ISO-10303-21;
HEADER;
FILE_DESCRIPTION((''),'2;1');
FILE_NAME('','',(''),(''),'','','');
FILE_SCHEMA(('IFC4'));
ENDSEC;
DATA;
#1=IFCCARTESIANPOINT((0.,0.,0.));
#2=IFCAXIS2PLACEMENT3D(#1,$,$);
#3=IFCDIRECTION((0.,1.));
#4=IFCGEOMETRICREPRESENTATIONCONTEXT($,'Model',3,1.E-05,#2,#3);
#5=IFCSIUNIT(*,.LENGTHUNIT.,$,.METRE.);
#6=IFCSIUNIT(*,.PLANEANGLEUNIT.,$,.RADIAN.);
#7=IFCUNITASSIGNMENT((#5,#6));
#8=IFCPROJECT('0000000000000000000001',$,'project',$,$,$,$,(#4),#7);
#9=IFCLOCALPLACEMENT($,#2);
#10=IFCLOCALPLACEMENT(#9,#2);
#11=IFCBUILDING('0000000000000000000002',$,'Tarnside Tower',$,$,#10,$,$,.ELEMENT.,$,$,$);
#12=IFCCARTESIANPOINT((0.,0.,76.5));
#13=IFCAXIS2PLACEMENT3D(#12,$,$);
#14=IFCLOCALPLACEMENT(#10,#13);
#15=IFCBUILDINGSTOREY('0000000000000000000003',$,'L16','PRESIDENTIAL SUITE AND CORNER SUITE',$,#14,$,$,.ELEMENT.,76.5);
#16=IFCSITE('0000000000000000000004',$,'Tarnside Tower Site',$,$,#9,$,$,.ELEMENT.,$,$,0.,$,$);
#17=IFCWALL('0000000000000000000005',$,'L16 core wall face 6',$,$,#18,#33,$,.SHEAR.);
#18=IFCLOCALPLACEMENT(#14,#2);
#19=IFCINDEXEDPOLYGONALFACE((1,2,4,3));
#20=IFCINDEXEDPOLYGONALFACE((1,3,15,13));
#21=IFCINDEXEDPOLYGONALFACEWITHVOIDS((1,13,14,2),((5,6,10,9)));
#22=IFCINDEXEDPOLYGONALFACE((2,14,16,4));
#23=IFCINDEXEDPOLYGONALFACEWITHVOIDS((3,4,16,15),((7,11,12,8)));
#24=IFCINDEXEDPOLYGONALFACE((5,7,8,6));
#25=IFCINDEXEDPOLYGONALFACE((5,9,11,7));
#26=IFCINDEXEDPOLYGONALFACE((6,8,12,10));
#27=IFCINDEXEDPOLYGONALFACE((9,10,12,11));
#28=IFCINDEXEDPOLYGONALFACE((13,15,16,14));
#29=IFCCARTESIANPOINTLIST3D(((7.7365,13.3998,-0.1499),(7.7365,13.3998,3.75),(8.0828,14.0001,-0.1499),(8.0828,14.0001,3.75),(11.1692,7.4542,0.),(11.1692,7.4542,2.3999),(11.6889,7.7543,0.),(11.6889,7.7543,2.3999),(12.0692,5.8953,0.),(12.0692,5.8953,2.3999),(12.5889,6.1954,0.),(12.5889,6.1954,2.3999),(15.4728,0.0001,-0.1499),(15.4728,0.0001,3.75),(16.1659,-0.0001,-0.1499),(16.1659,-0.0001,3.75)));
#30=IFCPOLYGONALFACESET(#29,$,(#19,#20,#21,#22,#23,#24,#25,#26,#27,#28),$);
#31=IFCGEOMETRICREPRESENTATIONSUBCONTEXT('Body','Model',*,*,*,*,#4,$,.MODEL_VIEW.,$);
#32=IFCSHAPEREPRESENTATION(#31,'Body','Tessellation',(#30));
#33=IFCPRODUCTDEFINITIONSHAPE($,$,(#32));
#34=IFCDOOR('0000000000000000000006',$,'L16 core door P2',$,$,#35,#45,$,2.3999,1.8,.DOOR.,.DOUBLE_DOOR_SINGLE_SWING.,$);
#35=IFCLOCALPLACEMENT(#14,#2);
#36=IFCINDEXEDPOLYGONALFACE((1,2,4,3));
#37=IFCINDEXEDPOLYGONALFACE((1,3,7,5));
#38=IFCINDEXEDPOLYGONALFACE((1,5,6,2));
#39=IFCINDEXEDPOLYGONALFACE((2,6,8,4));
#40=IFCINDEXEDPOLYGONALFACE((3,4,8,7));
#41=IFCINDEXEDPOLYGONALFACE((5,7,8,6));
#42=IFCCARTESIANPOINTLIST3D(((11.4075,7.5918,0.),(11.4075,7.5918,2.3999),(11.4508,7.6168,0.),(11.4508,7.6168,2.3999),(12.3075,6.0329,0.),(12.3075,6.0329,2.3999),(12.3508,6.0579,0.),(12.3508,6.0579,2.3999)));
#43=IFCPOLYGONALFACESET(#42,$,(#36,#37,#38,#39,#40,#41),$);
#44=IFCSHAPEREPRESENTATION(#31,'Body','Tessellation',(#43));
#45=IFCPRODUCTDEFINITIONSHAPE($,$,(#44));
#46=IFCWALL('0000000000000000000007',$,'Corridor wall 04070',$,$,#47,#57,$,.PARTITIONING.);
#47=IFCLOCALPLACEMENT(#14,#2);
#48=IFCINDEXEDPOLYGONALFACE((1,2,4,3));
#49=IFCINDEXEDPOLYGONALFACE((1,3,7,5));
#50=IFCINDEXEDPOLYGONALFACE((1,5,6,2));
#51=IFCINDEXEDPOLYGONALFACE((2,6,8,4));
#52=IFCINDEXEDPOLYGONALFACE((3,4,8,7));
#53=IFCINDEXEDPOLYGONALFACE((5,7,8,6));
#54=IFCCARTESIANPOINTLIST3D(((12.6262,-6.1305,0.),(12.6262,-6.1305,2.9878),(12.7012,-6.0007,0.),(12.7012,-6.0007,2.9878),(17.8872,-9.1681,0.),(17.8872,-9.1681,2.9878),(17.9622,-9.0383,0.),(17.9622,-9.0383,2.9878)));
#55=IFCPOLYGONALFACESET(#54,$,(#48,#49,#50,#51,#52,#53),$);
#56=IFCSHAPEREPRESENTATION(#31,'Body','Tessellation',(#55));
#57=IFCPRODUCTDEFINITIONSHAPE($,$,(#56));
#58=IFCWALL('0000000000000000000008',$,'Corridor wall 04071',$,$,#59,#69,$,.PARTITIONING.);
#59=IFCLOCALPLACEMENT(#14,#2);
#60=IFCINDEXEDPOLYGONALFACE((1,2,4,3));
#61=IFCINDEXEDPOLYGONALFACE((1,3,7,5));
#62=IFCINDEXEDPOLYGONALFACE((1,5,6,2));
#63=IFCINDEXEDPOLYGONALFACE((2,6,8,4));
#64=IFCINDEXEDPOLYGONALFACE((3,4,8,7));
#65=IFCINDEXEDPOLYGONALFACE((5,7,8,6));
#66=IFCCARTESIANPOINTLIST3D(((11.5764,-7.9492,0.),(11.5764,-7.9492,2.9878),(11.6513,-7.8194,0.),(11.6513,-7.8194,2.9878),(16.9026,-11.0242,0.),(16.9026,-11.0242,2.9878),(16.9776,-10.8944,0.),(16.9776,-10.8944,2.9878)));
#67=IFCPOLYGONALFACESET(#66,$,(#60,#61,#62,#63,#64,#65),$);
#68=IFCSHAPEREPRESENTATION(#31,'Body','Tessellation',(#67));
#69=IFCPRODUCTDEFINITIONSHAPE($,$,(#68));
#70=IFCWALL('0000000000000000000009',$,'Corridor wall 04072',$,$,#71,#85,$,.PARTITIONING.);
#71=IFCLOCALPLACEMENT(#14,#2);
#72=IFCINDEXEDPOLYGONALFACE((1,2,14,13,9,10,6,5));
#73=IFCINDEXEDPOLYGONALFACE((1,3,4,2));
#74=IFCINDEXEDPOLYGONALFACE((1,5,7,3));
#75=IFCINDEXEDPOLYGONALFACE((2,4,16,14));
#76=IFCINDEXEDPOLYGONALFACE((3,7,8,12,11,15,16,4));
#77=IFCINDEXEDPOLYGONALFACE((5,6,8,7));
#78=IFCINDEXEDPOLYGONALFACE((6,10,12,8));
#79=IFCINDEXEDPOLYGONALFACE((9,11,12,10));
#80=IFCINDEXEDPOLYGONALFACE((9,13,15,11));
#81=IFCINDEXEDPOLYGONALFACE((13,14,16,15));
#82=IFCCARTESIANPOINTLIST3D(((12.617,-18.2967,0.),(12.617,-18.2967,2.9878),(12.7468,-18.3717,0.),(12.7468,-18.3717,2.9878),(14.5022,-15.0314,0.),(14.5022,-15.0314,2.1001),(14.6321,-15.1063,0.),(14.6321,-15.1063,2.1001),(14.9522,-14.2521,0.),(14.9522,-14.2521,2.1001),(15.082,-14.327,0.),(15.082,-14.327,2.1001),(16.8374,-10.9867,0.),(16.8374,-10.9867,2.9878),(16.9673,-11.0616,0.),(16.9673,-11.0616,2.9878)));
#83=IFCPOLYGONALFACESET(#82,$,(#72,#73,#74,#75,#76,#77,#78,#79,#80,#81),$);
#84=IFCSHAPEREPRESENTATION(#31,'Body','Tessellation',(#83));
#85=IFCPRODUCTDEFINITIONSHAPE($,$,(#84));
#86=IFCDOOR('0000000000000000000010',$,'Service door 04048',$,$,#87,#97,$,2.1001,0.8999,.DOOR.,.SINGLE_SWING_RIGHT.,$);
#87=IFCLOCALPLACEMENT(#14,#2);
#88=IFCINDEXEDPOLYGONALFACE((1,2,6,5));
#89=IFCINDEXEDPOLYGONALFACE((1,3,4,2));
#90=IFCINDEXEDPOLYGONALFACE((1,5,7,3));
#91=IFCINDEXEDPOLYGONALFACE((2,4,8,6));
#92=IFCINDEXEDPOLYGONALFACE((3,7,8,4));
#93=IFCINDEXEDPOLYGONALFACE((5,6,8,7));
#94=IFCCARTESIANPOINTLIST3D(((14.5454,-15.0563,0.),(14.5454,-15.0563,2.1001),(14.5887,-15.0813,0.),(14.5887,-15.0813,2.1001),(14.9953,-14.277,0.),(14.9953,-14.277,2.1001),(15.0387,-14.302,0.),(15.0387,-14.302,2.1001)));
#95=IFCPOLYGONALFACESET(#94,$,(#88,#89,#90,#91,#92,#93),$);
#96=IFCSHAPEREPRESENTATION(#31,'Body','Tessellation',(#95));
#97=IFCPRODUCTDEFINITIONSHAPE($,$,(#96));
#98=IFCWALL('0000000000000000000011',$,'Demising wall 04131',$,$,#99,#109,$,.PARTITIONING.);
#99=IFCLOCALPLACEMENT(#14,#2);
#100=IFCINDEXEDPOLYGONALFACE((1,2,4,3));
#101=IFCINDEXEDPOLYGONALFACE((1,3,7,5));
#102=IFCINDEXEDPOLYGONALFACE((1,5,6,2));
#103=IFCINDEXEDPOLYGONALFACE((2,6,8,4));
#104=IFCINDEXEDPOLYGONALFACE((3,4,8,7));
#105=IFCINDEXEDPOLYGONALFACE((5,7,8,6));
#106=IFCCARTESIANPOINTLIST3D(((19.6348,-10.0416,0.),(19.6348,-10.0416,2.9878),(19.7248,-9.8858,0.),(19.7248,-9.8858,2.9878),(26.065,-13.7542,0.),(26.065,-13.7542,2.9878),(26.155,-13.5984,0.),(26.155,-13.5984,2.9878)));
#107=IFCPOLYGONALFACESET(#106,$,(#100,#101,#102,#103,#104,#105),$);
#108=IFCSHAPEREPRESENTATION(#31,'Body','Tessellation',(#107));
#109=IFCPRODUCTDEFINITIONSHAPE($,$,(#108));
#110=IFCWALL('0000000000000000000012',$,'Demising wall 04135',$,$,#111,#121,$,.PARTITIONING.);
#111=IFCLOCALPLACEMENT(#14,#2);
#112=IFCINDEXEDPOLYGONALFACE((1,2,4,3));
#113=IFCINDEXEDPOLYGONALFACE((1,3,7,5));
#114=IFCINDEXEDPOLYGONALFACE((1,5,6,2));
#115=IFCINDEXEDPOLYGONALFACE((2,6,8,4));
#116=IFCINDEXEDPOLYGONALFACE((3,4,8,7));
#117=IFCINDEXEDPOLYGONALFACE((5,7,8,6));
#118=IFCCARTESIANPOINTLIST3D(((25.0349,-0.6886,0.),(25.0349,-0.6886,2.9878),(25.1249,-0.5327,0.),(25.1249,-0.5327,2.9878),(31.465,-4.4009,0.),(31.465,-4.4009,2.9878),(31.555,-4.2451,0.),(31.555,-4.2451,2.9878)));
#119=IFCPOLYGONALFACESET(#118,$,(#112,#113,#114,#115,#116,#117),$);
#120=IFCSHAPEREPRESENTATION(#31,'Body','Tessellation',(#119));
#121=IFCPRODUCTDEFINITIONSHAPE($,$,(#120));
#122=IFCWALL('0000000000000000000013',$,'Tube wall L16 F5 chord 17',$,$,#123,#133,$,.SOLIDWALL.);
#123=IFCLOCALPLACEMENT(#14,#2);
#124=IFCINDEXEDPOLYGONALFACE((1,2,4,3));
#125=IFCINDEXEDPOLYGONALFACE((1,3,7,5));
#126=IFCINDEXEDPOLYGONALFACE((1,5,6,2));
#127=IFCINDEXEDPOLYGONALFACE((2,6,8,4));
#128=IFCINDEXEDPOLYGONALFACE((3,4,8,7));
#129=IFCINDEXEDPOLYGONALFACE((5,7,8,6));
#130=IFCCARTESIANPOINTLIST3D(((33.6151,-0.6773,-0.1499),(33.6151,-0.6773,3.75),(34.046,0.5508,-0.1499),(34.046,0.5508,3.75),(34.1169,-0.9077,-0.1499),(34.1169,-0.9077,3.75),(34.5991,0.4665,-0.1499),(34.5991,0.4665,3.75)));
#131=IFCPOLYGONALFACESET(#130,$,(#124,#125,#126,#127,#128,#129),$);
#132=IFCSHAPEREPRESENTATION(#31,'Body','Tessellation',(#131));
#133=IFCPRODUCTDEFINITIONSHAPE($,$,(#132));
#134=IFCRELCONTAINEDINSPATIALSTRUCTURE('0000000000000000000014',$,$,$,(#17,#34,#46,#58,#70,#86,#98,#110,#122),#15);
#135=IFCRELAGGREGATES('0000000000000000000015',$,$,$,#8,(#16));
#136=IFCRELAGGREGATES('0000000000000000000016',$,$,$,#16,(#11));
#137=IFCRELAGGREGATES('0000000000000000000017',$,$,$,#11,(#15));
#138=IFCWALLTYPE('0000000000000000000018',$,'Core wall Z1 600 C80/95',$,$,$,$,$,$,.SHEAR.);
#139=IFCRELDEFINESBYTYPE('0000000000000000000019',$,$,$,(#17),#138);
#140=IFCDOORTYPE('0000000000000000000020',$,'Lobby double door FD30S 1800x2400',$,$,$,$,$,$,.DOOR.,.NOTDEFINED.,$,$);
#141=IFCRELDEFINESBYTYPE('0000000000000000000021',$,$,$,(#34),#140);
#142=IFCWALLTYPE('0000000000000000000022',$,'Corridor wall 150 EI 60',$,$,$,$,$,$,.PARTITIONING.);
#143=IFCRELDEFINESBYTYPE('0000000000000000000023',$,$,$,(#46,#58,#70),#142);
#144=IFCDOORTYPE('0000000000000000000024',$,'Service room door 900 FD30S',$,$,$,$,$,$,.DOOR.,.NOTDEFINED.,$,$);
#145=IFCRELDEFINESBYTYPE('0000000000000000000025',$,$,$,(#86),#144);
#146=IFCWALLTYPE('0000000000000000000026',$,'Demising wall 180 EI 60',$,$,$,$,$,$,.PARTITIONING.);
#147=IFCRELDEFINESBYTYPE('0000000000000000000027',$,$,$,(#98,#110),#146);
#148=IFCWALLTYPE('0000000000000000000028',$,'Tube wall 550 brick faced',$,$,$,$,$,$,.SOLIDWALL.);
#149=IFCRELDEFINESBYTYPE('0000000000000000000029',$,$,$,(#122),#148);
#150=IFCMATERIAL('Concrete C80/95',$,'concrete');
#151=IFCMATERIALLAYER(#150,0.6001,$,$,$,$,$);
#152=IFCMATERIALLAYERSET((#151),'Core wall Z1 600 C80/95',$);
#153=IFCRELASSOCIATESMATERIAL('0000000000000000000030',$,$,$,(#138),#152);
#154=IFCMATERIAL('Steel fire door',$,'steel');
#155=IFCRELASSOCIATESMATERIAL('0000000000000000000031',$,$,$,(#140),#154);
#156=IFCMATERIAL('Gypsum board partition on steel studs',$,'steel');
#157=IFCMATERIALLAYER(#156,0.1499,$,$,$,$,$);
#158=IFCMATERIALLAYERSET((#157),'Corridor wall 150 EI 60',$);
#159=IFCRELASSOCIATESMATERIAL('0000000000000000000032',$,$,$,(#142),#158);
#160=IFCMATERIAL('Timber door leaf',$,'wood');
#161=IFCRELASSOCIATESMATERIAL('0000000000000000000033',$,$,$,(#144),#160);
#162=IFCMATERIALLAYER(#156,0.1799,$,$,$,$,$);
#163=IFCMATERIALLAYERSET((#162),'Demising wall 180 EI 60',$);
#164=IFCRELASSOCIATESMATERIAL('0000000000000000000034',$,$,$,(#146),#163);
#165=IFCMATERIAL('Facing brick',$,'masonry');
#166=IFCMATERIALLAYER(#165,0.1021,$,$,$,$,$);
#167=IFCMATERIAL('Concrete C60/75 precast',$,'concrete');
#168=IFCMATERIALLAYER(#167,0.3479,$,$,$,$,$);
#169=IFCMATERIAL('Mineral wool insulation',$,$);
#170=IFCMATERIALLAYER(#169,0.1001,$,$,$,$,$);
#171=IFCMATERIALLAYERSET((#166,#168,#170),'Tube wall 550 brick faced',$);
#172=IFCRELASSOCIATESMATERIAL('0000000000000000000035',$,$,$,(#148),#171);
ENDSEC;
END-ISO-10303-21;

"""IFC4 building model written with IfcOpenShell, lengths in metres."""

from ifc_helpers import new_model, si_unit, direction, frame, frame_2d, origin, place, context, subcontext, project, spatial, polyline, rectangle, outline, extrude, material, layer, layer_set, type_object, element, fill, save


model = new_model("IFC4")

# Units and contexts
model_context = context("Model", 3, precision=1e-05, world=origin(), true_north=direction((0.0, 1.0)))
body_context = subcontext(model_context, "Body", "Model", "MODEL_VIEW")
ifc_project = project(units=[si_unit("LENGTHUNIT", "METRE"), si_unit("PLANEANGLEUNIT", "RADIAN")], contexts=[model_context])

# Site, building, storey
site_placement = place(None, origin())
site = spatial("IfcSite", under=ifc_project, at=site_placement, Name="Tarnside Tower Site", CompositionType="ELEMENT", RefElevation=0.0)
building_placement = place(site_placement, origin())
building = spatial("IfcBuilding", under=site, at=building_placement, Name="Tarnside Tower", CompositionType="ELEMENT")
storey_placement = place(building_placement, frame((0.0, 0.0, 76.5)))
storey = spatial("IfcBuildingStorey", under=building, at=storey_placement, Name="L16", Description="PRESIDENTIAL SUITE AND CORNER SUITE", CompositionType="ELEMENT", Elevation=76.5)

# Shared definitions
ifc_material_1 = material(Name="Gypsum board partition on steel studs", Category="steel")

# Shared definitions
ifc_material_2 = material(Name="Timber door leaf", Category="wood")

# Wall, opening, door
ifc_material_3 = material(Name="Concrete C80/95", Category="concrete")
ifc_layer_1 = layer(ifc_material_3, 0.6001)
ifc_layer_set_1 = layer_set([ifc_layer_1], Name="Core wall Z1 600 C80/95")
wall_type_1 = type_object("IfcWallType", Name="Core wall Z1 600 C80/95", PredefinedType="SHEAR", material=ifc_layer_set_1)
wall_1_placement = place(storey_placement, frame((15.8193, 0.0, -0.1499), z_axis=(0.0, 0.0, 1.0), x_axis=(-0.5, 0.866025, 0.0)))
wall_1 = element("IfcWall", 1, at=wall_1_placement, inside=storey, type_object=wall_type_1, Name="L16 core wall face 6", PredefinedType="SHEAR", context=body_context, shape_type="SweptSolid", body=[
    extrude(outline(polyline([(-0.1733, -0.3), (15.9927, -0.3), (15.646, 0.3), (0.1733, 0.3), (-0.1733, -0.3)])), origin(), (0.0, 0.0, 1.0), 3.8999),
])
opening_1_placement = place(wall_1_placement, frame((6.9807, 0.0, 0.1499)))
opening_1 = element("IfcOpeningElement", 2, at=opening_1_placement, cuts=wall_1, PredefinedType="OPENING", context=body_context, shape_type="SweptSolid", body=[
    extrude(rectangle(XDim=1.8, YDim=2.3999, at=frame_2d((0.8999, 1.2))), frame((0.0, 0.3101, 0.0), z_axis=(0.0, -1.0, 0.0), x_axis=(1.0, 0.0, 0.0)), (0.0, 0.0, 1.0), 0.6201),
])
ifc_material_4 = material(Name="Steel fire door", Category="steel")
door_type_1 = type_object("IfcDoorType", Name="Lobby double door FD30S 1800x2400", OperationType="NOTDEFINED", PredefinedType="DOOR", material=ifc_material_4)
door_1_placement = place(opening_1_placement, origin())
door_1 = element("IfcDoor", 3, at=door_1_placement, inside=storey, type_object=door_type_1, Name="L16 core door P2", OperationType="DOUBLE_DOOR_SINGLE_SWING", OverallHeight=2.3999, OverallWidth=1.8, PredefinedType="DOOR", context=body_context, shape_type="SweptSolid", body=[
    extrude(rectangle(XDim=1.8, YDim=2.3999, at=frame_2d((0.8999, 1.2))), frame((0.0, 0.0249, 0.0), z_axis=(0.0, -1.0, 0.0), x_axis=(1.0, 0.0, 0.0)), (0.0, 0.0, 1.0), 0.05),
])
fill(opening_1, door_1)

# Walls
ifc_layer_2 = layer(ifc_material_1, 0.1499)
ifc_layer_set_2 = layer_set([ifc_layer_2], Name="Corridor wall 150 EI 60")
wall_type_2 = type_object("IfcWallType", Name="Corridor wall 150 EI 60", PredefinedType="PARTITIONING", material=ifc_layer_set_2)
wall_2_placement = place(storey_placement, frame((17.9248, -9.1033, 0.0), z_axis=(0.0, 0.0, 1.0), x_axis=(-0.866014, 0.50002, 0.0)))
element("IfcWall", 4, at=wall_2_placement, inside=storey, type_object=wall_type_2, Name="Corridor wall 04070", PredefinedType="PARTITIONING", context=body_context, shape_type="SweptSolid", body=[
    extrude(rectangle(XDim=6.075, YDim=0.1499, at=frame_2d((3.0376, 0.0))), origin(), (0.0, 0.0, 1.0), 2.9878),
])
wall_3_placement = place(storey_placement, frame((11.6138, -7.8843, 0.0), z_axis=(0.0, 0.0, 1.0), x_axis=(0.866034, -0.499986, 0.0)))
element("IfcWall", 5, at=wall_3_placement, inside=storey, type_object=wall_type_2, Name="Corridor wall 04071", PredefinedType="PARTITIONING", context=body_context, shape_type="SweptSolid", body=[
    extrude(rectangle(XDim=6.1501, YDim=0.1499, at=frame_2d((3.0752, 0.0))), origin(), (0.0, 0.0, 1.0), 2.9878),
])

# Wall, opening, door
wall_4_placement = place(storey_placement, frame((16.9023, -11.0242, 0.0), z_axis=(0.0, 0.0, 1.0), x_axis=(-0.5, -0.866026, 0.0)))
wall_4 = element("IfcWall", 6, at=wall_4_placement, inside=storey, type_object=wall_type_2, Name="Corridor wall 04072", PredefinedType="PARTITIONING", context=body_context, shape_type="SweptSolid", body=[
    extrude(rectangle(XDim=8.4409, YDim=0.1499, at=frame_2d((4.2205, 0.0))), origin(), (0.0, 0.0, 1.0), 2.9878),
])
opening_2_placement = place(wall_4_placement, frame((3.7705, 0.0, 0.0)))
opening_2 = element("IfcOpeningElement", 7, at=opening_2_placement, cuts=wall_4, PredefinedType="OPENING", context=body_context, shape_type="SweptSolid", body=[
    extrude(rectangle(XDim=0.8999, YDim=2.1001, at=frame_2d((0.45, 1.05))), frame((0.0, 0.085, 0.0), z_axis=(0.0, -1.0, 0.0), x_axis=(1.0, 0.0, 0.0)), (0.0, 0.0, 1.0), 0.1699),
])
door_type_2 = type_object("IfcDoorType", Name="Service room door 900 FD30S", OperationType="NOTDEFINED", PredefinedType="DOOR", material=ifc_material_2)
door_2_placement = place(opening_2_placement, origin())
door_2 = element("IfcDoor", 8, at=door_2_placement, inside=storey, type_object=door_type_2, Name="Service door 04048", OperationType="SINGLE_SWING_RIGHT", OverallHeight=2.1001, OverallWidth=0.8999, PredefinedType="DOOR", context=body_context, shape_type="SweptSolid", body=[
    extrude(rectangle(XDim=0.8999, YDim=2.1001, at=frame_2d((0.45, 1.05))), frame((0.0, 0.0249, 0.0), z_axis=(0.0, -1.0, 0.0), x_axis=(1.0, 0.0, 0.0)), (0.0, 0.0, 1.0), 0.05),
])
fill(opening_2, door_2)

# Walls
ifc_layer_3 = layer(ifc_material_1, 0.1799)
ifc_layer_set_3 = layer_set([ifc_layer_3], Name="Demising wall 180 EI 60")
wall_type_3 = type_object("IfcWallType", Name="Demising wall 180 EI 60", PredefinedType="PARTITIONING", material=ifc_layer_set_3)
wall_5_placement = place(storey_placement, frame((26.1099, -13.6763, 0.0), z_axis=(0.0, 0.0, 1.0), x_axis=(-0.866015, 0.500018, 0.0)))
element("IfcWall", 9, at=wall_5_placement, inside=storey, type_object=wall_type_3, Name="Demising wall 04131", PredefinedType="PARTITIONING", context=body_context, shape_type="SweptSolid", body=[
    extrude(rectangle(XDim=7.425, YDim=0.1799, at=frame_2d((3.7124, 0.0))), origin(), (0.0, 0.0, 1.0), 2.9878),
])
wall_6_placement = place(storey_placement, frame((31.51, -4.323, 0.0), z_axis=(0.0, 0.0, 1.0), x_axis=(-0.866029, 0.499994, 0.0)))
element("IfcWall", 10, at=wall_6_placement, inside=storey, type_object=wall_type_3, Name="Demising wall 04135", PredefinedType="PARTITIONING", context=body_context, shape_type="SweptSolid", body=[
    extrude(rectangle(XDim=7.4248, YDim=0.1799, at=frame_2d((3.7124, 0.0))), origin(), (0.0, 0.0, 1.0), 2.9878),
])
ifc_material_5 = material(Name="Facing brick", Category="masonry")
ifc_layer_4 = layer(ifc_material_5, 0.1021)
ifc_material_6 = material(Name="Concrete C60/75 precast", Category="concrete")
ifc_layer_5 = layer(ifc_material_6, 0.3479)
ifc_material_7 = material(Name="Mineral wool insulation")
ifc_layer_6 = layer(ifc_material_7, 0.1001)
ifc_layer_set_4 = layer_set([ifc_layer_4, ifc_layer_5, ifc_layer_6], Name="Tube wall 550 brick faced")
wall_type_4 = type_object("IfcWallType", Name="Tube wall 550 brick faced", PredefinedType="SOLIDWALL", material=ifc_layer_set_4)
wall_7_placement = place(storey_placement, frame((33.866, -0.7925, -0.1499), z_axis=(0.0, 0.0, 1.0), x_axis=(0.331115, 0.94359, 0.0)))
element("IfcWall", 11, at=wall_7_placement, inside=storey, type_object=wall_type_4, Name="Tube wall L16 F5 chord 17", PredefinedType="SOLIDWALL", context=body_context, shape_type="SweptSolid", body=[
    extrude(outline(polyline([(-0.0256, -0.2749), (1.4307, -0.2749), (1.3271, 0.2749), (0.0256, 0.2749), (-0.0256, -0.2749)])), origin(), (0.0, 0.0, 1.0), 3.8999),
])

save(model, "model.ifc")
